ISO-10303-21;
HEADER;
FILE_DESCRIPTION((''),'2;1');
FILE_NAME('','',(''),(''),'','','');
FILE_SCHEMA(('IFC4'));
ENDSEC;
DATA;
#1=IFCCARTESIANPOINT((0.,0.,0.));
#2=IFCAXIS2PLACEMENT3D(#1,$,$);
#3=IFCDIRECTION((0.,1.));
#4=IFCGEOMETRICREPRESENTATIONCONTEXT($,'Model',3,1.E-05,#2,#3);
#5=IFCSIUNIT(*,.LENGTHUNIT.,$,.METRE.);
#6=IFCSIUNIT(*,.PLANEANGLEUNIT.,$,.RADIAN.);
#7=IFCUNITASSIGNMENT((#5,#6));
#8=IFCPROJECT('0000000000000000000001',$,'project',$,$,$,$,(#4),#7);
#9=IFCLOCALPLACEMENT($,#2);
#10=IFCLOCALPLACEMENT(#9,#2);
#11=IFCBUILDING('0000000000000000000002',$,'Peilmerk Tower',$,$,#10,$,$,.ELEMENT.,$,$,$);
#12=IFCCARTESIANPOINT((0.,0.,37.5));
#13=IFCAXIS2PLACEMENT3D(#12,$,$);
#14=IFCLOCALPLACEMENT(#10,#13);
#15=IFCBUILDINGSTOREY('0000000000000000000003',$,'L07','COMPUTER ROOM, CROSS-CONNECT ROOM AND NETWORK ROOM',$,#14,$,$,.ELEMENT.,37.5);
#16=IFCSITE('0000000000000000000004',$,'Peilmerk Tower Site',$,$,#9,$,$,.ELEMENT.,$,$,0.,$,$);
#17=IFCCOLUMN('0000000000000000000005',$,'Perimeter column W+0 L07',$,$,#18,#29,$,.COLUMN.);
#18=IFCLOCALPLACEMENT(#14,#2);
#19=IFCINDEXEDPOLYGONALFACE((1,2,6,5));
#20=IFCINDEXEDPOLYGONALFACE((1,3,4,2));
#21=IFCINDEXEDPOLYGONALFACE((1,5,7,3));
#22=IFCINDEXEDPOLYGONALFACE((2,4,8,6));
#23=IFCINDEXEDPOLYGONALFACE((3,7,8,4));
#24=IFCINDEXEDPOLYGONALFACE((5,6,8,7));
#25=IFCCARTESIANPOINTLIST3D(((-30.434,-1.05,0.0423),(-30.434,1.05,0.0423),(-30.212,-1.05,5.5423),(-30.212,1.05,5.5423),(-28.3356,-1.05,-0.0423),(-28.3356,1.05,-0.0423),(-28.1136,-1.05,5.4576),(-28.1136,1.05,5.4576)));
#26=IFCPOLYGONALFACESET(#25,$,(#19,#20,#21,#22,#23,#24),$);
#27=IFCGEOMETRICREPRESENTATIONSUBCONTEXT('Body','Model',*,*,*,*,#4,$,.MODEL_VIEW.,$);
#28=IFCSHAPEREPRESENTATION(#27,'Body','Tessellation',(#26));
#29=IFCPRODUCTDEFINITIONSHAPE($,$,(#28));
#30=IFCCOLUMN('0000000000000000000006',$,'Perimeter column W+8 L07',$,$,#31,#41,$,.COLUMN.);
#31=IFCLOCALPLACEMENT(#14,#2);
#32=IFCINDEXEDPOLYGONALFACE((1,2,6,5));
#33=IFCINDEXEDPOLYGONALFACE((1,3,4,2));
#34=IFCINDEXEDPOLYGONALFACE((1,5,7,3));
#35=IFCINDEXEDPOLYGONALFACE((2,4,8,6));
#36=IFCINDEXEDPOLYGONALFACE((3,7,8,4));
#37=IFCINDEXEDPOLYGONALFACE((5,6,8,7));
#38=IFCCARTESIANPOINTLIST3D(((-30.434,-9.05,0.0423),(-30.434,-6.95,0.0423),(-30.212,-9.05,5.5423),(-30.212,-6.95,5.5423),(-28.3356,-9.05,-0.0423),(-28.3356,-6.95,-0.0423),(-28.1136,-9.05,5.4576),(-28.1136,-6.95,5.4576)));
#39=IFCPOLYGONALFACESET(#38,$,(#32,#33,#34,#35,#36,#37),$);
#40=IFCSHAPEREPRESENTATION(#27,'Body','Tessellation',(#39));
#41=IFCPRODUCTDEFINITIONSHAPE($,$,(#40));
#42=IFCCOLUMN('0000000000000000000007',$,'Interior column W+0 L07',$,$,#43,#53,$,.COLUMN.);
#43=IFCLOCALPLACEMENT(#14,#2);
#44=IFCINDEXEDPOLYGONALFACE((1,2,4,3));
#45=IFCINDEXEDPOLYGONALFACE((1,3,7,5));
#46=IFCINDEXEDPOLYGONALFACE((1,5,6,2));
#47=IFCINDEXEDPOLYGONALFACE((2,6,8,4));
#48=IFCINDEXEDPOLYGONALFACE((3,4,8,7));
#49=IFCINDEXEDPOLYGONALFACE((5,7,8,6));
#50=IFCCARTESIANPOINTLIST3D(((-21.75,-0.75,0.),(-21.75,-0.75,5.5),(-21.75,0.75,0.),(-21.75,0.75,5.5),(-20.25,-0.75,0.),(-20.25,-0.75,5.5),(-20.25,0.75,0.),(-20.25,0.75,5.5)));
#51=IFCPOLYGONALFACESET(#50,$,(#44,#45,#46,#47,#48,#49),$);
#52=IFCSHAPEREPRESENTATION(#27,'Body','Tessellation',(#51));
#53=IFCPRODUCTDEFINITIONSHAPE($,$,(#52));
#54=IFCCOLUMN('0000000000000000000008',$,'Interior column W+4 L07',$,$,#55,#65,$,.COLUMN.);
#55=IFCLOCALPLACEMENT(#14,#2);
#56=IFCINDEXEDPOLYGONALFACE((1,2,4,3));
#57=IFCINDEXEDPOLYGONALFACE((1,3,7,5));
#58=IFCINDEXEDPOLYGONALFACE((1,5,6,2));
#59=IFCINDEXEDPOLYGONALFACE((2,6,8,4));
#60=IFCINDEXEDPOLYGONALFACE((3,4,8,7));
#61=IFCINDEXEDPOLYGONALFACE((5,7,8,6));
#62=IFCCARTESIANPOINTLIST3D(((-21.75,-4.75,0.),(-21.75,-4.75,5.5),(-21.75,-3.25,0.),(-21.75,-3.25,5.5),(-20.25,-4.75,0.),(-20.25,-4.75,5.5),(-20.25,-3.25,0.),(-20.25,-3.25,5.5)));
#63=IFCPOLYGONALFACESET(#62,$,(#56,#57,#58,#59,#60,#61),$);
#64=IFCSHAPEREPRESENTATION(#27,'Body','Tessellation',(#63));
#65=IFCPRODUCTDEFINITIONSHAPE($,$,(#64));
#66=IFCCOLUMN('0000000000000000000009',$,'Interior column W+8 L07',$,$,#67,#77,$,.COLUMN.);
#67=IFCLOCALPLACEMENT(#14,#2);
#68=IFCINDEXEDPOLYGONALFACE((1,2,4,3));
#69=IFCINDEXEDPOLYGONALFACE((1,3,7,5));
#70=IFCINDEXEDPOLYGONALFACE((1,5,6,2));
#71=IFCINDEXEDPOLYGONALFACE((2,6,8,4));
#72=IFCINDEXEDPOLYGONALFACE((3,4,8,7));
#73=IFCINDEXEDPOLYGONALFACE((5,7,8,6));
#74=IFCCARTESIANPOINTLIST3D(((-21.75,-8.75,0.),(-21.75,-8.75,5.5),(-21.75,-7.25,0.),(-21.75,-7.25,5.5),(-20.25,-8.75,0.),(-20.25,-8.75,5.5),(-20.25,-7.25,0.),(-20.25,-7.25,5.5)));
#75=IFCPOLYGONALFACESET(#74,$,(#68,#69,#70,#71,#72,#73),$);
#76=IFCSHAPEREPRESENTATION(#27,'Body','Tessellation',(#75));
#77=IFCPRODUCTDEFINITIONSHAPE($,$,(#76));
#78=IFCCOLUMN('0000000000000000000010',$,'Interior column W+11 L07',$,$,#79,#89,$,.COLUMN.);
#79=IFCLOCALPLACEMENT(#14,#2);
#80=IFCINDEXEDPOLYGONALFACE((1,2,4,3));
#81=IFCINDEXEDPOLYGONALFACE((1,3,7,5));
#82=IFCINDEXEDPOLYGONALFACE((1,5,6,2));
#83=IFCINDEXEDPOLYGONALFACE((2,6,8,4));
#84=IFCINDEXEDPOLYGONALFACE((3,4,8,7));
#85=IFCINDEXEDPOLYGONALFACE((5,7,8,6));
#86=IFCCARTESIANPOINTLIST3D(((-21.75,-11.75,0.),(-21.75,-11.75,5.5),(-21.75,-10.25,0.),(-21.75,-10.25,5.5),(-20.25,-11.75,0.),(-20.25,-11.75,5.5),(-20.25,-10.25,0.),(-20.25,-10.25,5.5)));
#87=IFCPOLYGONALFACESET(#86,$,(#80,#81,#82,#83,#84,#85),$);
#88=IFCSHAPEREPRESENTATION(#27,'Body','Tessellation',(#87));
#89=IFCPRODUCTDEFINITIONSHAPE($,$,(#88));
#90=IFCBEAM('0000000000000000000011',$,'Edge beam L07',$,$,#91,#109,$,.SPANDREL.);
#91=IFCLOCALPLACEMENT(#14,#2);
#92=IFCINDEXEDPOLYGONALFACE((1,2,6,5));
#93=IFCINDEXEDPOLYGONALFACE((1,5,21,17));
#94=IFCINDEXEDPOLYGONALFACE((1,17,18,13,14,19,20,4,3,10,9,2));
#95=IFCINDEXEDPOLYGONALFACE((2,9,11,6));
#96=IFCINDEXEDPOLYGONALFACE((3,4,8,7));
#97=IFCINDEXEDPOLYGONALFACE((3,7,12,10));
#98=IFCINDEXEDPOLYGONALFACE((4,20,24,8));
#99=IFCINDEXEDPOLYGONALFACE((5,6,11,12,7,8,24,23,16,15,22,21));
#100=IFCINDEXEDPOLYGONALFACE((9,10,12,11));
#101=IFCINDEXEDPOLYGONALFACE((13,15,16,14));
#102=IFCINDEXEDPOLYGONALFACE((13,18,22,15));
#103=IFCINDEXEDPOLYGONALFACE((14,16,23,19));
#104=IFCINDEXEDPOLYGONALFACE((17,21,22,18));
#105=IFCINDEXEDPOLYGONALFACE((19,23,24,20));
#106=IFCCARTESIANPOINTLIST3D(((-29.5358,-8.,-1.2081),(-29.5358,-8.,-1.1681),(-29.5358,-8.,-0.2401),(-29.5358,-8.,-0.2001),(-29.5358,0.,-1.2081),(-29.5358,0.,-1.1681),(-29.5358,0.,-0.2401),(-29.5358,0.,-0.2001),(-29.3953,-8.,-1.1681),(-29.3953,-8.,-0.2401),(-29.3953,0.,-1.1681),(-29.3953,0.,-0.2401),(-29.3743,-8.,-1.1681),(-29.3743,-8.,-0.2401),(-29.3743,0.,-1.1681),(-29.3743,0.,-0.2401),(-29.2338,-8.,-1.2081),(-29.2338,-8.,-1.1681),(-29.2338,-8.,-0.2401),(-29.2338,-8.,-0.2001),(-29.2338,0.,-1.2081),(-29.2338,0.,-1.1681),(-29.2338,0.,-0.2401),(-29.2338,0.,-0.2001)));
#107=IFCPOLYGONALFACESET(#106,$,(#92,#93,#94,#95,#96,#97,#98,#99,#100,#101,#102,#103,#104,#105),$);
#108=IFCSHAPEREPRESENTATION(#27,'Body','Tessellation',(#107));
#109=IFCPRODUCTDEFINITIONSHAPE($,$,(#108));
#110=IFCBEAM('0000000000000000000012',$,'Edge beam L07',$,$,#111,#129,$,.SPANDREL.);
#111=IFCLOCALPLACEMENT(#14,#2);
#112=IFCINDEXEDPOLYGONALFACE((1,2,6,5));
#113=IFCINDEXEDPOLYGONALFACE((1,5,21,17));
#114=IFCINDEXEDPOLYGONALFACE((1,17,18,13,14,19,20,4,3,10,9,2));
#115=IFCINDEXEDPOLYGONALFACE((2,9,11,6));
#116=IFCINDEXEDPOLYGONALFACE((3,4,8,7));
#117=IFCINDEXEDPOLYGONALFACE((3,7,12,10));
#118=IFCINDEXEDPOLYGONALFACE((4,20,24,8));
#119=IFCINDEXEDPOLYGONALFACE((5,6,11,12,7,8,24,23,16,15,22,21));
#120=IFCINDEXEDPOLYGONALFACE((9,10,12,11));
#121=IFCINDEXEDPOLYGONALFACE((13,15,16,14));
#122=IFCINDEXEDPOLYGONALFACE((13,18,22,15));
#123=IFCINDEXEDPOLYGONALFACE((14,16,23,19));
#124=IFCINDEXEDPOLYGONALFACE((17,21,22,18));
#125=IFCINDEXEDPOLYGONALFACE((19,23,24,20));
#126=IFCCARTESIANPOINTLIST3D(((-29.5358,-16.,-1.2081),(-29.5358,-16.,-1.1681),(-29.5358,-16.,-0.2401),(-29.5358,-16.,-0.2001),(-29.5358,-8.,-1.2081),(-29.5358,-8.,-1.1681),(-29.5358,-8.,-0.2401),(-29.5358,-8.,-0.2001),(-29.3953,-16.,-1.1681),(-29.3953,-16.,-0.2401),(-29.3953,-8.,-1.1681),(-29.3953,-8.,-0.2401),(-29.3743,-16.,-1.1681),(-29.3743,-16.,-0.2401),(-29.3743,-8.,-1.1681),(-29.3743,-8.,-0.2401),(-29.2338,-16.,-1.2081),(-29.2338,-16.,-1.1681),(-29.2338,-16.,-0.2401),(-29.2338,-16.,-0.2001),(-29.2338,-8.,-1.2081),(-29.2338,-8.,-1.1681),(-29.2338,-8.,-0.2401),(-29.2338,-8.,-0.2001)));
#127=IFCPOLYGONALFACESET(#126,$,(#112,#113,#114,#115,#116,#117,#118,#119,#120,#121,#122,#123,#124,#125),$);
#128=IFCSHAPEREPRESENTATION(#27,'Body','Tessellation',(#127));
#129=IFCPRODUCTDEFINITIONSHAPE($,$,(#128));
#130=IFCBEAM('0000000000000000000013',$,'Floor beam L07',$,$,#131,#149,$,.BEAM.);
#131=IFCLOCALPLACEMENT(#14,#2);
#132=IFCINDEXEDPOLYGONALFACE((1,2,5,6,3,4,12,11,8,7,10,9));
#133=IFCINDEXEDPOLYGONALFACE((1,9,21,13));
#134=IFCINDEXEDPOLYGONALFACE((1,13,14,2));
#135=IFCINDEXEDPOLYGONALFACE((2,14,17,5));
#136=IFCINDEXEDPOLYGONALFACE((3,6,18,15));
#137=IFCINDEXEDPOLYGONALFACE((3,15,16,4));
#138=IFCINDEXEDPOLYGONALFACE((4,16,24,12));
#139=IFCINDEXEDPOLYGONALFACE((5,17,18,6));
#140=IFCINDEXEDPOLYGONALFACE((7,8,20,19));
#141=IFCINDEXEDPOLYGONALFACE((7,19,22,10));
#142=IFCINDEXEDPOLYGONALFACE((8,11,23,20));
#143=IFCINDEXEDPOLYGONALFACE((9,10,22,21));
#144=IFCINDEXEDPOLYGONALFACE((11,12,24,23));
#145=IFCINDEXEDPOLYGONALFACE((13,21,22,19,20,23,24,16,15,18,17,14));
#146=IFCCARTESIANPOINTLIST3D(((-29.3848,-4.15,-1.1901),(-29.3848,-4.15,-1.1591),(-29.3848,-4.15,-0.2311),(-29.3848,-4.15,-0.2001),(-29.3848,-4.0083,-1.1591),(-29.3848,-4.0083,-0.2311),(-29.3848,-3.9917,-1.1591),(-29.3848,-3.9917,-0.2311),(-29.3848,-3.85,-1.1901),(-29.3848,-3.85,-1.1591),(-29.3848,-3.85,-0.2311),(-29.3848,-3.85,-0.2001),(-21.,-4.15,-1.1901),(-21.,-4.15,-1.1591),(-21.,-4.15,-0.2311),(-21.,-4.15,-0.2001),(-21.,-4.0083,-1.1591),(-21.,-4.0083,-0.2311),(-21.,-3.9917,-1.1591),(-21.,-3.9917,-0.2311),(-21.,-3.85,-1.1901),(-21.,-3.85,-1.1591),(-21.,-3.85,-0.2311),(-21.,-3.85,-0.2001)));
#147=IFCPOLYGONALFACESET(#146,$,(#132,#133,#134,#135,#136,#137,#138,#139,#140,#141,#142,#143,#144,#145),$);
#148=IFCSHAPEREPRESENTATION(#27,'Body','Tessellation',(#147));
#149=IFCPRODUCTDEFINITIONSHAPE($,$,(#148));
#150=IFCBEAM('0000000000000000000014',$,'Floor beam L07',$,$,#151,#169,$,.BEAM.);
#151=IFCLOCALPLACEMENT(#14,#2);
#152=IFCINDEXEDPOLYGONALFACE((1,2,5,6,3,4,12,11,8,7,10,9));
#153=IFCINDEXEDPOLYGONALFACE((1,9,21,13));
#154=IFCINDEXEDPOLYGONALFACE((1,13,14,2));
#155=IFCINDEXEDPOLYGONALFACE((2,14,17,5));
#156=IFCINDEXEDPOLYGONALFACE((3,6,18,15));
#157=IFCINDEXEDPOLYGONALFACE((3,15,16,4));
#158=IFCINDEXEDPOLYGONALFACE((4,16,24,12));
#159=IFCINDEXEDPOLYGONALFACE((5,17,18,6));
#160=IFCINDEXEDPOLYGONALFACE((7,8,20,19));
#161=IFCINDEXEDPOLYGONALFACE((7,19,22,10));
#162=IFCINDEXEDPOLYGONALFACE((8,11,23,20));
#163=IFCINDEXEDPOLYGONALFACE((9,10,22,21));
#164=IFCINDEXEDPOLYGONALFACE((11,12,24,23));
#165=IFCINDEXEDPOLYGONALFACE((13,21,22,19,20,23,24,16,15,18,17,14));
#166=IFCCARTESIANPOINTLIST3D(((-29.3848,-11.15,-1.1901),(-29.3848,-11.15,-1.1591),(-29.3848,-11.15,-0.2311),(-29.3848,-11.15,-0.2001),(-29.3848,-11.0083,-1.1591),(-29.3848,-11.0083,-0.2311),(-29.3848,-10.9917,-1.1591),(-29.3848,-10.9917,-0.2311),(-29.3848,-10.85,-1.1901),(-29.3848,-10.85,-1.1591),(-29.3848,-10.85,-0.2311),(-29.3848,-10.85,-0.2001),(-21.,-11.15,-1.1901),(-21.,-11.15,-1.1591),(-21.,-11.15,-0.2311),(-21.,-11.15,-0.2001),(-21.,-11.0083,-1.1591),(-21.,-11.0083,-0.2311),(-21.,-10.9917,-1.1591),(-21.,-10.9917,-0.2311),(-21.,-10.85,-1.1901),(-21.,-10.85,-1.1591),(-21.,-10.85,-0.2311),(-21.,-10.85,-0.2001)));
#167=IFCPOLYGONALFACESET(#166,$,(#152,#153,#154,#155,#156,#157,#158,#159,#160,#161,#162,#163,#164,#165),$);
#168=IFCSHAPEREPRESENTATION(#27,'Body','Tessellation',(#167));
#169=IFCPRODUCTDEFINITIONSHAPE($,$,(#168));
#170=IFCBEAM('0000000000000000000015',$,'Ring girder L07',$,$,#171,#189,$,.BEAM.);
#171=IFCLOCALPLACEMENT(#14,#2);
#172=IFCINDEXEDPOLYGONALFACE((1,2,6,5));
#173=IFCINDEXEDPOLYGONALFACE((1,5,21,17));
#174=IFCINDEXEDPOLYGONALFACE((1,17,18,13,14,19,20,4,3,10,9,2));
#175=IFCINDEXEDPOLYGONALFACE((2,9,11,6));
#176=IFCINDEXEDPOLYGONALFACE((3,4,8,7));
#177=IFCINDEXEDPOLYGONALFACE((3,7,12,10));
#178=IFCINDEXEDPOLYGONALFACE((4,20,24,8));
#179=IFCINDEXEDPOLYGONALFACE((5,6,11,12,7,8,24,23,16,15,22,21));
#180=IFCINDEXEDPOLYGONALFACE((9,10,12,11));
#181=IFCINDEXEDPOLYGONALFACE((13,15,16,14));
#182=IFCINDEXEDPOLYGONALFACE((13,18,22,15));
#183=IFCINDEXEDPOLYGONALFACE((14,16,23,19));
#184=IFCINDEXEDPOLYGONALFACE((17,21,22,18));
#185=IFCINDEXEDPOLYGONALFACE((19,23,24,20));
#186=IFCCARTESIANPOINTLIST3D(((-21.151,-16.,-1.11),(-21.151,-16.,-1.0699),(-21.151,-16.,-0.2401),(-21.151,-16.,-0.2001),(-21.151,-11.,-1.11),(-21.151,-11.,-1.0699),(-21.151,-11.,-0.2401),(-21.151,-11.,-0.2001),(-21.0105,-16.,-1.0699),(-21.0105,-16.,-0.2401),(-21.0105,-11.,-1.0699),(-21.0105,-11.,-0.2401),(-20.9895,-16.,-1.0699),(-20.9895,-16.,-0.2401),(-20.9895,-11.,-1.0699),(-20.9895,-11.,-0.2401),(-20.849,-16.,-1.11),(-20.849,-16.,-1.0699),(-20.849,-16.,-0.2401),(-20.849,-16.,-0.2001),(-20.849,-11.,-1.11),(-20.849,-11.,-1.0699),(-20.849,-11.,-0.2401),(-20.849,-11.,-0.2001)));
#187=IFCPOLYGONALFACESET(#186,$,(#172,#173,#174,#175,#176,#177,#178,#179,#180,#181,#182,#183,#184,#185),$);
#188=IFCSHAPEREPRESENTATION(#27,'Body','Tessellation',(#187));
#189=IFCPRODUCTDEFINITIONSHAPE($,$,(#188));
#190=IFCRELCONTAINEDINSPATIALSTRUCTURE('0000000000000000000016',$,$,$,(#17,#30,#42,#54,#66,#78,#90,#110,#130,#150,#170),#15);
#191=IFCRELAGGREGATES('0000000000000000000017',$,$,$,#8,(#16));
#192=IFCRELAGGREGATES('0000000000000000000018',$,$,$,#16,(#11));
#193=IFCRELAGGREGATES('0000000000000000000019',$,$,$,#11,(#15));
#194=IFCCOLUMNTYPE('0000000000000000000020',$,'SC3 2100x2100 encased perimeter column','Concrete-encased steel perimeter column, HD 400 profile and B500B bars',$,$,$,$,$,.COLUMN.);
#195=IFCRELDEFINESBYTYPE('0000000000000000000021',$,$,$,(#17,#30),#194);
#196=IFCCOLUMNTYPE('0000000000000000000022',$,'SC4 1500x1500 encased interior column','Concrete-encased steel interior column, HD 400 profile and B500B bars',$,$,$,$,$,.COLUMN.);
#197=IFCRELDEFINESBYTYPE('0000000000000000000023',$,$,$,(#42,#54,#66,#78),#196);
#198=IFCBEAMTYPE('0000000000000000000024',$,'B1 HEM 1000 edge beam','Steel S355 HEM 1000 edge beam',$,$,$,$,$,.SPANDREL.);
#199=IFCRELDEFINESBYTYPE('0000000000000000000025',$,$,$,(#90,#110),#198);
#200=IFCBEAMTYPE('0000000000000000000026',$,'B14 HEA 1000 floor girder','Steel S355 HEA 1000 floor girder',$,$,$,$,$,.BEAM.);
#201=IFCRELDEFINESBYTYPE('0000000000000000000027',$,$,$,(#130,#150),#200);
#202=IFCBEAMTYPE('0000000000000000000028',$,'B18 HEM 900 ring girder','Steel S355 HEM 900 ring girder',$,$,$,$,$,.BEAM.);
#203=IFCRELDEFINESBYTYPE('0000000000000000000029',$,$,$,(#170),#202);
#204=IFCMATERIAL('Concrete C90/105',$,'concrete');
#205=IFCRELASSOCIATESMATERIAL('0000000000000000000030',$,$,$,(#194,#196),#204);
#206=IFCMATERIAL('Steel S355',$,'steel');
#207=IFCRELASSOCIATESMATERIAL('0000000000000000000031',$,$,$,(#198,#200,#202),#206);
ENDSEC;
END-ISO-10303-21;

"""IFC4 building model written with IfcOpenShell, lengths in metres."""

from ifc_helpers import new_model, si_unit, direction, frame, origin, origin_2d, place, context, subcontext, project, spatial, rectangle, i_section, extrude, material, material_profile, profile_set, type_object, element, save


model = new_model("IFC4")

# Units and contexts
model_context = context("Model", 3, precision=1e-05, world=origin(), true_north=direction((0.0, 1.0)))
body_context = subcontext(model_context, "Body", "Model", "MODEL_VIEW")
ifc_project = project(units=[si_unit("LENGTHUNIT", "METRE"), si_unit("PLANEANGLEUNIT", "RADIAN")], contexts=[model_context])

# Site, building, storey
site_placement = place(None, origin())
site = spatial("IfcSite", under=ifc_project, at=site_placement, Name="Peilmerk Tower Site", CompositionType="ELEMENT", RefElevation=0.0)
building_placement = place(site_placement, origin())
building = spatial("IfcBuilding", under=site, at=building_placement, Name="Peilmerk Tower", CompositionType="ELEMENT")
storey_placement = place(building_placement, frame((0.0, 0.0, 37.5)))
storey = spatial("IfcBuildingStorey", under=building, at=storey_placement, Name="L07", Description="COMPUTER ROOM, CROSS-CONNECT ROOM AND NETWORK ROOM", CompositionType="ELEMENT", Elevation=37.5)

# Columns
ifc_material_1 = material(Name="Concrete C90/105", Category="concrete")
ifc_material_profile_1 = material_profile(ifc_material_1, rectangle(XDim=2.1001, YDim=2.1001, at=origin_2d()), Name="RC 2100x2100")
ifc_profile_set_1 = profile_set([ifc_material_profile_1], Name="Concrete C90/105")
column_type_1 = type_object("IfcColumnType", Name="SC3 2100x2100 encased perimeter column", Description="Concrete-encased steel perimeter column, HD 400 profile and B500B bars", PredefinedType="COLUMN", material=ifc_profile_set_1)
for number, where, z_axis, x_axis, name in (
    (1, (-29.3848, 0.0, 0.0), (0.040317, 0.0, 0.999187), (0.0, 1.0, 0.0), "Perimeter column W+0 L07"),
    (2, (-29.3848, -8.0, 0.0), (0.040317, 0.0, 0.999187), (0.0, 1.0, 0.0), "Perimeter column W+8 L07"),
):
    element("IfcColumn", number, at=place(storey_placement, frame(where, z_axis=z_axis, x_axis=x_axis)), inside=storey, type_object=column_type_1, Name=name, PredefinedType="COLUMN", context=body_context, shape_type="SweptSolid", body=[
        extrude(rectangle(XDim=2.1001, YDim=2.1001, at=origin_2d()), origin(), (0.0, 0.0, 1.0), 5.5044),
    ])
ifc_material_profile_2 = material_profile(ifc_material_1, rectangle(XDim=1.5, YDim=1.5, at=origin_2d()), Name="RC 1500x1500")
ifc_profile_set_2 = profile_set([ifc_material_profile_2], Name="Concrete C90/105")
column_type_2 = type_object("IfcColumnType", Name="SC4 1500x1500 encased interior column", Description="Concrete-encased steel interior column, HD 400 profile and B500B bars", PredefinedType="COLUMN", material=ifc_profile_set_2)
for number, where, z_axis, x_axis, name in (
    (3, (-21.0, 0.0, 0.0), (0.0, 0.0, 1.0), (1.0, 0.0, 0.0), "Interior column W+0 L07"),
    (4, (-21.0, -4.0, 0.0), (0.0, 0.0, 1.0), (1.0, 0.0, 0.0), "Interior column W+4 L07"),
    (5, (-21.0, -8.0, 0.0), (0.0, 0.0, 1.0), (1.0, 0.0, 0.0), "Interior column W+8 L07"),
    (6, (-21.0, -11.0, 0.0), (0.0, 0.0, 1.0), (1.0, 0.0, 0.0), "Interior column W+11 L07"),
):
    element("IfcColumn", number, at=place(storey_placement, frame(where, z_axis=z_axis, x_axis=x_axis)), inside=storey, type_object=column_type_2, Name=name, PredefinedType="COLUMN", context=body_context, shape_type="SweptSolid", body=[
        extrude(rectangle(XDim=1.5, YDim=1.5, at=origin_2d()), origin(), (0.0, 0.0, 1.0), 5.5),
    ])

# Beams
ifc_material_2 = material(Name="Steel S355", Category="steel")
ifc_material_profile_3 = material_profile(ifc_material_2, i_section(OverallWidth=0.302, OverallDepth=1.0081, WebThickness=0.021, FlangeThickness=0.04, at=origin_2d()), Name="HEM 1000")
ifc_profile_set_3 = profile_set([ifc_material_profile_3], Name="Steel S355")
beam_type_1 = type_object("IfcBeamType", Name="B1 HEM 1000 edge beam", Description="Steel S355 HEM 1000 edge beam", PredefinedType="SPANDREL", material=ifc_profile_set_3)
for number, where, z_axis, x_axis, name in (
    (7, (-29.3848, 0.0, -0.7041), (0.0, -1.0, 0.0), (1.0, 0.0, 0.0), "Edge beam L07"),
    (8, (-29.3848, -8.0, -0.7041), (0.0, -1.0, 0.0), (1.0, 0.0, 0.0), "Edge beam L07"),
):
    element("IfcBeam", number, at=place(storey_placement, frame(where, z_axis=z_axis, x_axis=x_axis)), inside=storey, type_object=beam_type_1, Name=name, PredefinedType="SPANDREL", context=body_context, shape_type="SweptSolid", body=[
        extrude(i_section(OverallWidth=0.302, OverallDepth=1.0081, WebThickness=0.021, FlangeThickness=0.04, at=origin_2d()), origin(), (0.0, 0.0, 1.0), 8.0),
    ])
ifc_material_profile_4 = material_profile(ifc_material_2, i_section(OverallWidth=0.3, OverallDepth=0.99, WebThickness=0.0166, FlangeThickness=0.031, at=origin_2d()), Name="HEA 1000")
ifc_profile_set_4 = profile_set([ifc_material_profile_4], Name="Steel S355")
beam_type_2 = type_object("IfcBeamType", Name="B14 HEA 1000 floor girder", Description="Steel S355 HEA 1000 floor girder", PredefinedType="BEAM", material=ifc_profile_set_4)
for number, where, z_axis, x_axis, name in (
    (9, (-21.0, -4.0, -0.6951), (-1.0, 0.0, 0.0), (0.0, -1.0, 0.0), "Floor beam L07"),
    (10, (-21.0, -11.0, -0.6951), (-1.0, 0.0, 0.0), (0.0, -1.0, 0.0), "Floor beam L07"),
):
    element("IfcBeam", number, at=place(storey_placement, frame(where, z_axis=z_axis, x_axis=x_axis)), inside=storey, type_object=beam_type_2, Name=name, PredefinedType="BEAM", context=body_context, shape_type="SweptSolid", body=[
        extrude(i_section(OverallWidth=0.3, OverallDepth=0.99, WebThickness=0.0166, FlangeThickness=0.031, at=origin_2d()), origin(), (0.0, 0.0, 1.0), 8.3848),
    ])
ifc_material_profile_5 = material_profile(ifc_material_2, i_section(OverallWidth=0.302, OverallDepth=0.9099, WebThickness=0.021, FlangeThickness=0.04, at=origin_2d()), Name="HEM 900")
ifc_profile_set_5 = profile_set([ifc_material_profile_5], Name="Steel S355")
beam_type_3 = type_object("IfcBeamType", Name="B18 HEM 900 ring girder", Description="Steel S355 HEM 900 ring girder", PredefinedType="BEAM", material=ifc_profile_set_5)
beam_1_placement = place(storey_placement, frame((-21.0, -11.0, -0.655), z_axis=(0.0, -1.0, 0.0), x_axis=(1.0, 0.0, 0.0)))
element("IfcBeam", 11, at=beam_1_placement, inside=storey, type_object=beam_type_3, Name="Ring girder L07", PredefinedType="BEAM", context=body_context, shape_type="SweptSolid", body=[
    extrude(i_section(OverallWidth=0.302, OverallDepth=0.9099, WebThickness=0.021, FlangeThickness=0.04, at=origin_2d()), origin(), (0.0, 0.0, 1.0), 5.0),
])

save(model, "model.ifc")
